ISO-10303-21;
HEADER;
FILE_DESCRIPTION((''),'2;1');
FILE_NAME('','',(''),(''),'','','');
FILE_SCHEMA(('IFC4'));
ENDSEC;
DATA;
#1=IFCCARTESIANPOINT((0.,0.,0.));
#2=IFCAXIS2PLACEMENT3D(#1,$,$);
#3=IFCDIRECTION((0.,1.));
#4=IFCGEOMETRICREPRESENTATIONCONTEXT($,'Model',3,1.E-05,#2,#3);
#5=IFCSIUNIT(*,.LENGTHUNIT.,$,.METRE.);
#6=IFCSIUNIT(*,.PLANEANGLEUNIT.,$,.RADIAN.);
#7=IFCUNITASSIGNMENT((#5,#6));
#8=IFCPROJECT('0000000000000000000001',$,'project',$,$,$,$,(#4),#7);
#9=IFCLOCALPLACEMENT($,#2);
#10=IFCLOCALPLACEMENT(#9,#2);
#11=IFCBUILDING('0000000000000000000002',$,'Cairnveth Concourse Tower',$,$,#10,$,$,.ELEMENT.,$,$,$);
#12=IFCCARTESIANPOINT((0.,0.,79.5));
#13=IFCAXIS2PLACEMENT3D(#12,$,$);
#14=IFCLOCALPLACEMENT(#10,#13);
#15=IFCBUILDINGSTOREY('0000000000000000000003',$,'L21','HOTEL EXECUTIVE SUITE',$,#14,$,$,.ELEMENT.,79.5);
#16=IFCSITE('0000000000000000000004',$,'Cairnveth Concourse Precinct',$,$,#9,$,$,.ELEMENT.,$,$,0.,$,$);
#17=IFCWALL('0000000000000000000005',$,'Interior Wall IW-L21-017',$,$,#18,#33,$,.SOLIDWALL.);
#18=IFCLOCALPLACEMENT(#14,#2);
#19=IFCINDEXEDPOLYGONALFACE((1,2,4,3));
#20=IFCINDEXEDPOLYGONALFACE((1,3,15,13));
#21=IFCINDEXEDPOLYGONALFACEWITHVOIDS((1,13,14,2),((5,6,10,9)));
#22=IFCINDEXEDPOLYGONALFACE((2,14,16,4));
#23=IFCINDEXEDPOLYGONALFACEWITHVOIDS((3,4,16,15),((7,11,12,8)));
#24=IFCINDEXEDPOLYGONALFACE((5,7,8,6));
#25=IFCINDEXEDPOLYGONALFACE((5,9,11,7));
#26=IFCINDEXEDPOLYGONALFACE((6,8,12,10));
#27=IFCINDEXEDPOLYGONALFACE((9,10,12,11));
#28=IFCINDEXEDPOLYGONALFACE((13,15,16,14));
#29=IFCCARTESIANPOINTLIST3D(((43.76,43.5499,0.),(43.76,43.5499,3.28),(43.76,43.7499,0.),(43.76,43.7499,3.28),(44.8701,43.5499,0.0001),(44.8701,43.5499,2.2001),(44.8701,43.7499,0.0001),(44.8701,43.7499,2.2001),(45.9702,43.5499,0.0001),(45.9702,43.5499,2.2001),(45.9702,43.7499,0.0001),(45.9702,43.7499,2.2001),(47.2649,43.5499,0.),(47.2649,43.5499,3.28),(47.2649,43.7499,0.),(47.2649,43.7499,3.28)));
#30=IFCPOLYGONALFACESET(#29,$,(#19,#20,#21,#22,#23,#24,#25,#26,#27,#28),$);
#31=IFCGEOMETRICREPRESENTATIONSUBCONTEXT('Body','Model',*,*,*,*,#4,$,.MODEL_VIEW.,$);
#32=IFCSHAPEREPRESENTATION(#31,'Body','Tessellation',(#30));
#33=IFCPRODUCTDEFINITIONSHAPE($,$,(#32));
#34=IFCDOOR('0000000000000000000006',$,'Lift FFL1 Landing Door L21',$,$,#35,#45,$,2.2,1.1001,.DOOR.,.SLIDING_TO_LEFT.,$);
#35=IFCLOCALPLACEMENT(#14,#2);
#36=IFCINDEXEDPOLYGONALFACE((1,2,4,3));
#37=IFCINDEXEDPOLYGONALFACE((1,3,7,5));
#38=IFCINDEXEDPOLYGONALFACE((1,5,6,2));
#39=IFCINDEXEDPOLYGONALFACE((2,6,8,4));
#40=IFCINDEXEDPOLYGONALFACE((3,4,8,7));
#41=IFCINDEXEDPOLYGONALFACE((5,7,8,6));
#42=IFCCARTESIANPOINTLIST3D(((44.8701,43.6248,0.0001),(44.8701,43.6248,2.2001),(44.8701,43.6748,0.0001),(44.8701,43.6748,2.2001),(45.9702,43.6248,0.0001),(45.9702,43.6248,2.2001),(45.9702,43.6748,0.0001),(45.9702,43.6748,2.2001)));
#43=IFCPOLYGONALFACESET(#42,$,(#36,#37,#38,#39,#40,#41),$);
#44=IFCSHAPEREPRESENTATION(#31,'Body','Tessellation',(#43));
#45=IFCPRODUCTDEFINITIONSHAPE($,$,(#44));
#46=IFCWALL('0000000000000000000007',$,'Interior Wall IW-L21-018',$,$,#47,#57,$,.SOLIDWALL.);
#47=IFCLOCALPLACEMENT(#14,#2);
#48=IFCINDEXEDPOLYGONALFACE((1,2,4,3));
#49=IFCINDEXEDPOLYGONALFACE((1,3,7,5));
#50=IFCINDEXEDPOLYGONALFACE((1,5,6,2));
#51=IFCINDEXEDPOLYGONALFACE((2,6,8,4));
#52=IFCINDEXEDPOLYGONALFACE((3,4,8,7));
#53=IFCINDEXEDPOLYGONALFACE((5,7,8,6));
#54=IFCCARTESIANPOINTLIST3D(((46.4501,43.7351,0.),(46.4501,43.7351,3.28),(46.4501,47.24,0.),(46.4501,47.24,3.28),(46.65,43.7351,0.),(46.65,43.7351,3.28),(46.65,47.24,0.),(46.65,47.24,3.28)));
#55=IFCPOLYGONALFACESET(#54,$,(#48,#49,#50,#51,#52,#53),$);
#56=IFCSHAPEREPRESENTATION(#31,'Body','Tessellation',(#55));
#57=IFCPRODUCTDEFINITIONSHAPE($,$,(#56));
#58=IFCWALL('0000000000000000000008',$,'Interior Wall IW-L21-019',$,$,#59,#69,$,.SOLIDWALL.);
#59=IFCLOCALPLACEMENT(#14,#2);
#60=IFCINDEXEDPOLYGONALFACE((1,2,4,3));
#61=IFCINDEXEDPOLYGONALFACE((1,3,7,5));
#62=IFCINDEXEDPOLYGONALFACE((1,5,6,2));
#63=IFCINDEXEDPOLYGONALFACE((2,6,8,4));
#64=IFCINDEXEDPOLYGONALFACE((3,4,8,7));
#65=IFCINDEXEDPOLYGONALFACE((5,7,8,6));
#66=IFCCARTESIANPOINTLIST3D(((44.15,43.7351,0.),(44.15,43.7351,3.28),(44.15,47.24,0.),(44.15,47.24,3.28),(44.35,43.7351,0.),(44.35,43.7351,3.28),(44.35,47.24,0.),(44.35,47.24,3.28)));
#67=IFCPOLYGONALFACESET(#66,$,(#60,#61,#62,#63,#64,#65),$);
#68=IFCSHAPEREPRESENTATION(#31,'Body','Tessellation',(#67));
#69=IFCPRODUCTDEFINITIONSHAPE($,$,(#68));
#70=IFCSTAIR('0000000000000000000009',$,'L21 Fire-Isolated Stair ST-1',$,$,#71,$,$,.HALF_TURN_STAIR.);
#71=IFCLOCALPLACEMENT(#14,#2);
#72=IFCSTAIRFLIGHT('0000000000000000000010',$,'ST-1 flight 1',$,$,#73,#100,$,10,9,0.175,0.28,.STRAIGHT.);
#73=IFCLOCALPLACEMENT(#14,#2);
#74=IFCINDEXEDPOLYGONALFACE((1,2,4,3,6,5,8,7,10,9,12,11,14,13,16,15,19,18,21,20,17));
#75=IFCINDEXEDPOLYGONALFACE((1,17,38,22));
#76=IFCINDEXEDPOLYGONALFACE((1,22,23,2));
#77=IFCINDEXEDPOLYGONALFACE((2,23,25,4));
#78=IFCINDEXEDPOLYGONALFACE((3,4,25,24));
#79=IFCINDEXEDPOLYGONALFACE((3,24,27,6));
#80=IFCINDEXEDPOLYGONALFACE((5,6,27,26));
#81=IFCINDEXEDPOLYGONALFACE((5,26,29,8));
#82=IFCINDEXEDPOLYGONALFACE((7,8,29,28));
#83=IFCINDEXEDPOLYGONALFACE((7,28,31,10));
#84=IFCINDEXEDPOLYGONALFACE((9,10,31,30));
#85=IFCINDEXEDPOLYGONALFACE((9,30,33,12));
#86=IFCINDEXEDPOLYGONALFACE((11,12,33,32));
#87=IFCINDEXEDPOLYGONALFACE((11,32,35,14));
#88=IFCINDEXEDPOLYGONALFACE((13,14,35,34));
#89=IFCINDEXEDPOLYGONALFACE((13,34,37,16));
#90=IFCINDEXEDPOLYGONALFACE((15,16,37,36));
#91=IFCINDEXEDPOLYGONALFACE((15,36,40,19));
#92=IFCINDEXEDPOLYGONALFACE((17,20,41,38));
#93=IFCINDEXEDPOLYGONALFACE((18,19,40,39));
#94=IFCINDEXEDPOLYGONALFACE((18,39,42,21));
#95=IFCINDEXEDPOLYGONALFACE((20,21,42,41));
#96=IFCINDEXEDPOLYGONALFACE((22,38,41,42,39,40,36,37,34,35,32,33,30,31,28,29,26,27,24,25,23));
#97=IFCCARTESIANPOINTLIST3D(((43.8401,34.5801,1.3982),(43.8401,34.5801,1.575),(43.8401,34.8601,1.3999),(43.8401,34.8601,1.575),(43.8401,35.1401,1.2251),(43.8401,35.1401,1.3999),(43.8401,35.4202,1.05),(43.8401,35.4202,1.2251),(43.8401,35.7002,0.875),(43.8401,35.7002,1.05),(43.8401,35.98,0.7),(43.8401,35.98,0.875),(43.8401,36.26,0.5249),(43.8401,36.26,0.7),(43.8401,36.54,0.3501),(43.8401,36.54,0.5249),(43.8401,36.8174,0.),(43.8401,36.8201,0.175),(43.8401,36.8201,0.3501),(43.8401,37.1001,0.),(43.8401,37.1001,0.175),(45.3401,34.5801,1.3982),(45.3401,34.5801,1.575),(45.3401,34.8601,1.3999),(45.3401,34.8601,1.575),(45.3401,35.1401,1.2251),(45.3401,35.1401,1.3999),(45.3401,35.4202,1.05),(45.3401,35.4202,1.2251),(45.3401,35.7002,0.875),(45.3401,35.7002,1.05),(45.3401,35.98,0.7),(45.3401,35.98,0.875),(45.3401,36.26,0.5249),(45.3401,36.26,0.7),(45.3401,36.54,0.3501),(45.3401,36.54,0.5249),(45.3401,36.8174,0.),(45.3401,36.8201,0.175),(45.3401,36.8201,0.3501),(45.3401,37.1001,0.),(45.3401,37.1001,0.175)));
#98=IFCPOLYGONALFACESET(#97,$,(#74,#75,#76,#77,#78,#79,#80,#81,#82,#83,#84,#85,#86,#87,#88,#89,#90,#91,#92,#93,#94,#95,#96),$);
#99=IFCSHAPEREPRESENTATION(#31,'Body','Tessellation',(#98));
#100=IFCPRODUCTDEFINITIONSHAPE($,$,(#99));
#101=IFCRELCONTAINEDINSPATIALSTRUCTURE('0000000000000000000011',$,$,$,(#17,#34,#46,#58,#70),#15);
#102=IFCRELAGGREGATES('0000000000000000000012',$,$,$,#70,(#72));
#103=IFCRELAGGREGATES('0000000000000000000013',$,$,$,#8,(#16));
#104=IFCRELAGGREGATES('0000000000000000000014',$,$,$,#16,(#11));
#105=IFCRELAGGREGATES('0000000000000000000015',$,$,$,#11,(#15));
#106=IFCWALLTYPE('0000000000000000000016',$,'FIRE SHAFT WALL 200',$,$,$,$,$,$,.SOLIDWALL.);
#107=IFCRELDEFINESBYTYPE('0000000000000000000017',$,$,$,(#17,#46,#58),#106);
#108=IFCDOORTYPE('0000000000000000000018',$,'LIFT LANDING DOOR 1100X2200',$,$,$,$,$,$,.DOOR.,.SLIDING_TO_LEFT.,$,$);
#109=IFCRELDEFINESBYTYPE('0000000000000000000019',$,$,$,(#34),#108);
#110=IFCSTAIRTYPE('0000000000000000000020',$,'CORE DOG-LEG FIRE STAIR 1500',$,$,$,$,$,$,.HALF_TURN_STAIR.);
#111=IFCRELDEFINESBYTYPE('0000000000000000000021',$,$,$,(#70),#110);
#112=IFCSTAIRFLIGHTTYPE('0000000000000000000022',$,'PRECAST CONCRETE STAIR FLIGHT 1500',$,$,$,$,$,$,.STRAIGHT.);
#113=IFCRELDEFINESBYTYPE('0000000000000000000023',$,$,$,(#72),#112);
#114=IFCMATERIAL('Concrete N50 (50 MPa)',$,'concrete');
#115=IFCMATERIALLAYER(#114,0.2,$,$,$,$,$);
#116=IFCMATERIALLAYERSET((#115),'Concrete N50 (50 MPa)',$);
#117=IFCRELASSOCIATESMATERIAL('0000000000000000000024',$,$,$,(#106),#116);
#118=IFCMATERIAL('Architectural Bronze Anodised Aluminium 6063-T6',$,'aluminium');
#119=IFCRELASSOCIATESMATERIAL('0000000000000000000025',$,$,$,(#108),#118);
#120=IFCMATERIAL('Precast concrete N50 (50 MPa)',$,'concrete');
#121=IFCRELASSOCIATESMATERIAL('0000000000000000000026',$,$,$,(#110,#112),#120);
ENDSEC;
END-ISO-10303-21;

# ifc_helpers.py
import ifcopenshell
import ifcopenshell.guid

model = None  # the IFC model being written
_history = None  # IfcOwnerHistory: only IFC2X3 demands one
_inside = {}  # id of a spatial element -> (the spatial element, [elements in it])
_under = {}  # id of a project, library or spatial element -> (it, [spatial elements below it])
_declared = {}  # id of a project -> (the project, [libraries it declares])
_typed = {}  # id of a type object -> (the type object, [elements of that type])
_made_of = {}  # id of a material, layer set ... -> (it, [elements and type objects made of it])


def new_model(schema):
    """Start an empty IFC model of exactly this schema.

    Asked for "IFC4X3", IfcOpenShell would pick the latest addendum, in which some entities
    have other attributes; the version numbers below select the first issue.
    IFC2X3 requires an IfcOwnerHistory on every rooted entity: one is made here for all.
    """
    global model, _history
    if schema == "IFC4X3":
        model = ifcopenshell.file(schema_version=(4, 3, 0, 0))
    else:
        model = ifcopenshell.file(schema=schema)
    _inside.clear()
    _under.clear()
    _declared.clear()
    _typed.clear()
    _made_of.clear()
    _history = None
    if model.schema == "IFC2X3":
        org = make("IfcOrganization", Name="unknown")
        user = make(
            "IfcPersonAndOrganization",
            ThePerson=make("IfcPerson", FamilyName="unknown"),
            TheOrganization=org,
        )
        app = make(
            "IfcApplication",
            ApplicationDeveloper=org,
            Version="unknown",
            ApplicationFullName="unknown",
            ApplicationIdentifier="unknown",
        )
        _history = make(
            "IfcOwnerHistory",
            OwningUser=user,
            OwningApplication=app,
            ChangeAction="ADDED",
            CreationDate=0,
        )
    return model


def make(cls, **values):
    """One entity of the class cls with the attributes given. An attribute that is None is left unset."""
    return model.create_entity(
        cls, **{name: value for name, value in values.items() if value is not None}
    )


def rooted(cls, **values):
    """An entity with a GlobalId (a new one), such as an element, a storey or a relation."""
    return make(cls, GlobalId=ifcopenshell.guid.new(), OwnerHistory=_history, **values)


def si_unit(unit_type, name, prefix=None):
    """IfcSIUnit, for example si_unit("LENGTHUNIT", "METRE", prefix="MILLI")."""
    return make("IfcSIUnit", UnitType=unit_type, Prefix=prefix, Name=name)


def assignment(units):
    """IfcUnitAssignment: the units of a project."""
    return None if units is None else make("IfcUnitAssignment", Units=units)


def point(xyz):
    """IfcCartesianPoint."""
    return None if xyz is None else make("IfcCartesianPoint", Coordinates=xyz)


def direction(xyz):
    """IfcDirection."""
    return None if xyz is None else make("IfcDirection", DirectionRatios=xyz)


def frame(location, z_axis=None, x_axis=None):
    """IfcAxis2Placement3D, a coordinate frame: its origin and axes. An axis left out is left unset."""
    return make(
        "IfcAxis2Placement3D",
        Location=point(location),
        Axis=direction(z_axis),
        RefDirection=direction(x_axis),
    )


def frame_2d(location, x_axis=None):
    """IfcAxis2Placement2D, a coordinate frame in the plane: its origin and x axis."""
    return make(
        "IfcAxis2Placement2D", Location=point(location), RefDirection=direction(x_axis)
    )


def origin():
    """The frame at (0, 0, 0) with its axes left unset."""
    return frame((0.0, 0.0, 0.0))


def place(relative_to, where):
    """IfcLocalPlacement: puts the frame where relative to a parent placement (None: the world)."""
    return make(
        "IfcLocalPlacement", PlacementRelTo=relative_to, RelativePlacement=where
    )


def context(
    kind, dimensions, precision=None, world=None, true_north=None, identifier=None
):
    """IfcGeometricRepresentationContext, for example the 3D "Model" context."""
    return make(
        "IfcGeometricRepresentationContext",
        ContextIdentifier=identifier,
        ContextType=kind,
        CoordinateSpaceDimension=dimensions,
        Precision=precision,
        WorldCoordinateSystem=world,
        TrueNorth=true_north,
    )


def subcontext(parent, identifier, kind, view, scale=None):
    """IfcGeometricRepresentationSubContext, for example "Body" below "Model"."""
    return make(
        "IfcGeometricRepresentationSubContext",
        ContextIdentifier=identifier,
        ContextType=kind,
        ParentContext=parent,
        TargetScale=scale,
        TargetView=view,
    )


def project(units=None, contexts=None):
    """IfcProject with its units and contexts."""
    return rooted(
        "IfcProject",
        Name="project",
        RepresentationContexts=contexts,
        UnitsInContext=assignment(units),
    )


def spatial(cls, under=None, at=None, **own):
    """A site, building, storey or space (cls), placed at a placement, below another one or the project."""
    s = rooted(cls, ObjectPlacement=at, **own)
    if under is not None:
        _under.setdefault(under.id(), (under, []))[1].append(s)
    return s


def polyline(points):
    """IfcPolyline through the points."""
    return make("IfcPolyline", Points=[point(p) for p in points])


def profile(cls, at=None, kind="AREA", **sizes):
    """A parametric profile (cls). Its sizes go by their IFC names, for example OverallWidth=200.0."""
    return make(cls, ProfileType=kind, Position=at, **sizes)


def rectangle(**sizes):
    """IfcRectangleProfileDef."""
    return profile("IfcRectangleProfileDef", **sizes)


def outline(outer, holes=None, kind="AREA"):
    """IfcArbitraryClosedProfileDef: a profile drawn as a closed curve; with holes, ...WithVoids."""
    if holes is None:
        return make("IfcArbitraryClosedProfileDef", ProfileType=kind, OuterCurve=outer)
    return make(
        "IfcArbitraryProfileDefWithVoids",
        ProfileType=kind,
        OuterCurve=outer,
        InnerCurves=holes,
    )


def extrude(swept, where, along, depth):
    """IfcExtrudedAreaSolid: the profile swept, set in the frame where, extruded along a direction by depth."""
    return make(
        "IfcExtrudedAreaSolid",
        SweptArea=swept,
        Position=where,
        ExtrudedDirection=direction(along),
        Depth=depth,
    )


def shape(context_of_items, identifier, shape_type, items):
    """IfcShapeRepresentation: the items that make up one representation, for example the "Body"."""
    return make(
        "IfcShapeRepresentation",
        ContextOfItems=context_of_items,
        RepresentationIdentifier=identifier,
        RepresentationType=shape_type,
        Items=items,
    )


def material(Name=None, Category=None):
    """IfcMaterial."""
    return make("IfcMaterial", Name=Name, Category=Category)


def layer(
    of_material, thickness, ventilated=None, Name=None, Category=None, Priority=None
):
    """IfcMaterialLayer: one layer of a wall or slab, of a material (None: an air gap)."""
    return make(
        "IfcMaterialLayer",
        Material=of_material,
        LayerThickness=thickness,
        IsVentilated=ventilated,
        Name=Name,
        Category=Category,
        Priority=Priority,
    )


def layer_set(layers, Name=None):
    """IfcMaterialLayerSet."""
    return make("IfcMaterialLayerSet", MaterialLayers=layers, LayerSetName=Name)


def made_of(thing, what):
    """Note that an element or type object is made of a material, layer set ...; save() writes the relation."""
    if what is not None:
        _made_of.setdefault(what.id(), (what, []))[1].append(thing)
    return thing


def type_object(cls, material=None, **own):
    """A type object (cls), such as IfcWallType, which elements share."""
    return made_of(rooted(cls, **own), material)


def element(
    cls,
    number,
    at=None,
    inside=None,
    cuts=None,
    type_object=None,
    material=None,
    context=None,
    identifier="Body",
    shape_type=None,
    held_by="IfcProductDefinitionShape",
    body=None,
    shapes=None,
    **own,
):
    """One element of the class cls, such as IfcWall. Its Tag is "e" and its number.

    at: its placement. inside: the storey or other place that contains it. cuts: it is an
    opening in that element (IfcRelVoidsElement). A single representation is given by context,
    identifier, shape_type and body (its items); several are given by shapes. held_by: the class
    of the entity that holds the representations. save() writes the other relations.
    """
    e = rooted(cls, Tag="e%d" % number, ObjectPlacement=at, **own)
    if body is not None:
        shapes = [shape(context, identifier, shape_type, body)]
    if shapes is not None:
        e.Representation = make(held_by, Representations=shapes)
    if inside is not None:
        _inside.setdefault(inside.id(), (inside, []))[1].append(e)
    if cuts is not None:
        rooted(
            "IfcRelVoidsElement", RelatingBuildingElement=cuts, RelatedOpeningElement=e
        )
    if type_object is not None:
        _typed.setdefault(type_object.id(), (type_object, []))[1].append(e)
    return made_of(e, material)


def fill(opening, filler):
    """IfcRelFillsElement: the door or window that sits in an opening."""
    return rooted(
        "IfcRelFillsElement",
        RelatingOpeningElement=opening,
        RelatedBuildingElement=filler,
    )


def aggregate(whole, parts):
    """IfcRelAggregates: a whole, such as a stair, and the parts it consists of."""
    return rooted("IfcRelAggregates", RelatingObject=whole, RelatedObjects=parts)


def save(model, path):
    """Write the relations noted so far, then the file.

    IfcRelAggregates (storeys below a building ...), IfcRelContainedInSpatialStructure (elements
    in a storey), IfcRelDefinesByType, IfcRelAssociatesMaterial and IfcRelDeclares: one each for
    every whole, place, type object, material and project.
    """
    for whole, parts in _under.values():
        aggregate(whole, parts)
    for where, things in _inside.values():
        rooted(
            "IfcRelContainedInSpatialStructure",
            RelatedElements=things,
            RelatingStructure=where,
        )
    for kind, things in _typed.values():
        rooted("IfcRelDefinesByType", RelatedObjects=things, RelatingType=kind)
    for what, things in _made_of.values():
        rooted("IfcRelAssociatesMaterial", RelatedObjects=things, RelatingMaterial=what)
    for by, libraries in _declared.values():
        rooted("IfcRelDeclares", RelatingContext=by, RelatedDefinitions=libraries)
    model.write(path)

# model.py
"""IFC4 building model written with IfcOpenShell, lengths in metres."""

from ifc_helpers import new_model, si_unit, direction, frame, frame_2d, origin, place, context, subcontext, project, spatial, polyline, rectangle, outline, extrude, material, layer, layer_set, type_object, element, fill, aggregate, save


model = new_model("IFC4")

# Units and contexts
model_context = context("Model", 3, precision=1e-05, world=origin(), true_north=direction((0.0, 1.0)))
body_context = subcontext(model_context, "Body", "Model", "MODEL_VIEW")
ifc_project = project(units=[si_unit("LENGTHUNIT", "METRE"), si_unit("PLANEANGLEUNIT", "RADIAN")], contexts=[model_context])

# Site, building, storey
site_placement = place(None, origin())
site = spatial("IfcSite", under=ifc_project, at=site_placement, Name="Cairnveth Concourse Precinct", CompositionType="ELEMENT", RefElevation=0.0)
building_placement = place(site_placement, origin())
building = spatial("IfcBuilding", under=site, at=building_placement, Name="Cairnveth Concourse Tower", CompositionType="ELEMENT")
storey_placement = place(building_placement, frame((0.0, 0.0, 79.5)))
storey = spatial("IfcBuildingStorey", under=building, at=storey_placement, Name="L21", Description="HOTEL EXECUTIVE SUITE", CompositionType="ELEMENT", Elevation=79.5)

# Shared definitions
ifc_material_1 = material(Name="Concrete N50 (50 MPa)", Category="concrete")

# Shared definitions
ifc_layer_1 = layer(ifc_material_1, 0.2)
ifc_layer_set_1 = layer_set([ifc_layer_1], Name="Concrete N50 (50 MPa)")
wall_type_1 = type_object("IfcWallType", Name="FIRE SHAFT WALL 200", PredefinedType="SOLIDWALL", material=ifc_layer_set_1)

# Wall, opening, door
wall_1_placement = place(storey_placement, frame((43.76, 43.6499, 0.0), z_axis=(0.0, 0.0, 1.0), x_axis=(1.0, 0.0, 0.0)))
wall_1 = element("IfcWall", 1, at=wall_1_placement, inside=storey, type_object=wall_type_1, Name="Interior Wall IW-L21-017", PredefinedType="SOLIDWALL", context=body_context, shape_type="SweptSolid", body=[
    extrude(rectangle(XDim=3.5049, YDim=0.2, at=frame_2d((1.7524, 0.0))), origin(), (0.0, 0.0, 1.0), 3.28),
])
opening_1_placement = place(wall_1_placement, frame((1.1101, 0.0, 0.0)))
opening_1 = element("IfcOpeningElement", 2, at=opening_1_placement, cuts=wall_1, PredefinedType="OPENING", context=body_context, shape_type="SweptSolid", body=[
    extrude(rectangle(XDim=1.1001, YDim=2.2, at=frame_2d((0.55, 1.1001))), frame((0.0, 0.1099, 0.0), z_axis=(0.0, -1.0, 0.0), x_axis=(1.0, 0.0, 0.0)), (0.0, 0.0, 1.0), 0.22),
])
ifc_material_2 = material(Name="Architectural Bronze Anodised Aluminium 6063-T6", Category="aluminium")
door_type_1 = type_object("IfcDoorType", Name="LIFT LANDING DOOR 1100X2200", OperationType="SLIDING_TO_LEFT", PredefinedType="DOOR", material=ifc_material_2)
door_1_placement = place(opening_1_placement, origin())
door_1 = element("IfcDoor", 3, at=door_1_placement, inside=storey, type_object=door_type_1, Name="Lift FFL1 Landing Door L21", OperationType="SLIDING_TO_LEFT", OverallHeight=2.2, OverallWidth=1.1001, PredefinedType="DOOR", context=body_context, shape_type="SweptSolid", body=[
    extrude(rectangle(XDim=1.1001, YDim=2.2, at=frame_2d((0.55, 1.1001))), frame((0.0, 0.0249, 0.0), z_axis=(0.0, -1.0, 0.0), x_axis=(1.0, 0.0, 0.0)), (0.0, 0.0, 1.0), 0.05),
])
fill(opening_1, door_1)

# Walls
for number, where, z_axis, x_axis, name in (
    (4, (46.55, 43.7351, 0.0), (0.0, 0.0, 1.0), (0.0, 1.0, 0.0), "Interior Wall IW-L21-018"),
    (5, (44.25, 43.7351, 0.0), (0.0, 0.0, 1.0), (0.0, 1.0, 0.0), "Interior Wall IW-L21-019"),
):
    element("IfcWall", number, at=place(storey_placement, frame(where, z_axis=z_axis, x_axis=x_axis)), inside=storey, type_object=wall_type_1, Name=name, PredefinedType="SOLIDWALL", context=body_context, shape_type="SweptSolid", body=[
        extrude(rectangle(XDim=3.5049, YDim=0.2, at=frame_2d((1.7524, 0.0))), origin(), (0.0, 0.0, 1.0), 3.28),
    ])

# Stair, stair flight
ifc_material_3 = material(Name="Precast concrete N50 (50 MPa)", Category="concrete")
stair_type = type_object("IfcStairType", Name="CORE DOG-LEG FIRE STAIR 1500", PredefinedType="HALF_TURN_STAIR", material=ifc_material_3)
stair_placement = place(storey_placement, origin())
stair = element("IfcStair", 6, at=stair_placement, inside=storey, type_object=stair_type, Name="L21 Fire-Isolated Stair ST-1", PredefinedType="HALF_TURN_STAIR")
stair_flight_type = type_object("IfcStairFlightType", Name="PRECAST CONCRETE STAIR FLIGHT 1500", PredefinedType="STRAIGHT", material=ifc_material_3)
stair_flight_placement = place(storey_placement, frame((44.5901, 37.1001, 0.0), z_axis=(0.0, 0.0, 1.0), x_axis=(0.0, -1.0, 0.0)))
stair_flight = element("IfcStairFlight", 7, at=stair_flight_placement, type_object=stair_flight_type, Name="ST-1 flight 1", NumberOfRisers=10, NumberOfTreads=9, PredefinedType="STRAIGHT", RiserHeight=0.175, TreadLength=0.28, context=body_context, shape_type="SweptSolid", body=[
    extrude(outline(polyline([(0.0, 0.0), (0.0, 0.175), (0.28, 0.175), (0.28, 0.3501), (0.5601, 0.3501), (0.5601, 0.5249), (0.8401, 0.5249), (0.8401, 0.7), (1.1201, 0.7), (1.1201, 0.875), (1.3999, 0.875), (1.3999, 1.05), (1.6799, 1.05), (1.6799, 1.2251), (1.96, 1.2251), (1.96, 1.3999), (2.24, 1.3999), (2.24, 1.575), (2.52, 1.575), (2.52, 1.75), (2.52, 1.3982), (0.2827, 0.0), (0.0, 0.0)])), frame((0.0, 0.75, 0.0), z_axis=(0.0, -1.0, 0.0), x_axis=(1.0, 0.0, 0.0)), (0.0, 0.0, 1.0), 1.5),
])
aggregate(stair, [stair_flight])

save(model, "model.ifc")
